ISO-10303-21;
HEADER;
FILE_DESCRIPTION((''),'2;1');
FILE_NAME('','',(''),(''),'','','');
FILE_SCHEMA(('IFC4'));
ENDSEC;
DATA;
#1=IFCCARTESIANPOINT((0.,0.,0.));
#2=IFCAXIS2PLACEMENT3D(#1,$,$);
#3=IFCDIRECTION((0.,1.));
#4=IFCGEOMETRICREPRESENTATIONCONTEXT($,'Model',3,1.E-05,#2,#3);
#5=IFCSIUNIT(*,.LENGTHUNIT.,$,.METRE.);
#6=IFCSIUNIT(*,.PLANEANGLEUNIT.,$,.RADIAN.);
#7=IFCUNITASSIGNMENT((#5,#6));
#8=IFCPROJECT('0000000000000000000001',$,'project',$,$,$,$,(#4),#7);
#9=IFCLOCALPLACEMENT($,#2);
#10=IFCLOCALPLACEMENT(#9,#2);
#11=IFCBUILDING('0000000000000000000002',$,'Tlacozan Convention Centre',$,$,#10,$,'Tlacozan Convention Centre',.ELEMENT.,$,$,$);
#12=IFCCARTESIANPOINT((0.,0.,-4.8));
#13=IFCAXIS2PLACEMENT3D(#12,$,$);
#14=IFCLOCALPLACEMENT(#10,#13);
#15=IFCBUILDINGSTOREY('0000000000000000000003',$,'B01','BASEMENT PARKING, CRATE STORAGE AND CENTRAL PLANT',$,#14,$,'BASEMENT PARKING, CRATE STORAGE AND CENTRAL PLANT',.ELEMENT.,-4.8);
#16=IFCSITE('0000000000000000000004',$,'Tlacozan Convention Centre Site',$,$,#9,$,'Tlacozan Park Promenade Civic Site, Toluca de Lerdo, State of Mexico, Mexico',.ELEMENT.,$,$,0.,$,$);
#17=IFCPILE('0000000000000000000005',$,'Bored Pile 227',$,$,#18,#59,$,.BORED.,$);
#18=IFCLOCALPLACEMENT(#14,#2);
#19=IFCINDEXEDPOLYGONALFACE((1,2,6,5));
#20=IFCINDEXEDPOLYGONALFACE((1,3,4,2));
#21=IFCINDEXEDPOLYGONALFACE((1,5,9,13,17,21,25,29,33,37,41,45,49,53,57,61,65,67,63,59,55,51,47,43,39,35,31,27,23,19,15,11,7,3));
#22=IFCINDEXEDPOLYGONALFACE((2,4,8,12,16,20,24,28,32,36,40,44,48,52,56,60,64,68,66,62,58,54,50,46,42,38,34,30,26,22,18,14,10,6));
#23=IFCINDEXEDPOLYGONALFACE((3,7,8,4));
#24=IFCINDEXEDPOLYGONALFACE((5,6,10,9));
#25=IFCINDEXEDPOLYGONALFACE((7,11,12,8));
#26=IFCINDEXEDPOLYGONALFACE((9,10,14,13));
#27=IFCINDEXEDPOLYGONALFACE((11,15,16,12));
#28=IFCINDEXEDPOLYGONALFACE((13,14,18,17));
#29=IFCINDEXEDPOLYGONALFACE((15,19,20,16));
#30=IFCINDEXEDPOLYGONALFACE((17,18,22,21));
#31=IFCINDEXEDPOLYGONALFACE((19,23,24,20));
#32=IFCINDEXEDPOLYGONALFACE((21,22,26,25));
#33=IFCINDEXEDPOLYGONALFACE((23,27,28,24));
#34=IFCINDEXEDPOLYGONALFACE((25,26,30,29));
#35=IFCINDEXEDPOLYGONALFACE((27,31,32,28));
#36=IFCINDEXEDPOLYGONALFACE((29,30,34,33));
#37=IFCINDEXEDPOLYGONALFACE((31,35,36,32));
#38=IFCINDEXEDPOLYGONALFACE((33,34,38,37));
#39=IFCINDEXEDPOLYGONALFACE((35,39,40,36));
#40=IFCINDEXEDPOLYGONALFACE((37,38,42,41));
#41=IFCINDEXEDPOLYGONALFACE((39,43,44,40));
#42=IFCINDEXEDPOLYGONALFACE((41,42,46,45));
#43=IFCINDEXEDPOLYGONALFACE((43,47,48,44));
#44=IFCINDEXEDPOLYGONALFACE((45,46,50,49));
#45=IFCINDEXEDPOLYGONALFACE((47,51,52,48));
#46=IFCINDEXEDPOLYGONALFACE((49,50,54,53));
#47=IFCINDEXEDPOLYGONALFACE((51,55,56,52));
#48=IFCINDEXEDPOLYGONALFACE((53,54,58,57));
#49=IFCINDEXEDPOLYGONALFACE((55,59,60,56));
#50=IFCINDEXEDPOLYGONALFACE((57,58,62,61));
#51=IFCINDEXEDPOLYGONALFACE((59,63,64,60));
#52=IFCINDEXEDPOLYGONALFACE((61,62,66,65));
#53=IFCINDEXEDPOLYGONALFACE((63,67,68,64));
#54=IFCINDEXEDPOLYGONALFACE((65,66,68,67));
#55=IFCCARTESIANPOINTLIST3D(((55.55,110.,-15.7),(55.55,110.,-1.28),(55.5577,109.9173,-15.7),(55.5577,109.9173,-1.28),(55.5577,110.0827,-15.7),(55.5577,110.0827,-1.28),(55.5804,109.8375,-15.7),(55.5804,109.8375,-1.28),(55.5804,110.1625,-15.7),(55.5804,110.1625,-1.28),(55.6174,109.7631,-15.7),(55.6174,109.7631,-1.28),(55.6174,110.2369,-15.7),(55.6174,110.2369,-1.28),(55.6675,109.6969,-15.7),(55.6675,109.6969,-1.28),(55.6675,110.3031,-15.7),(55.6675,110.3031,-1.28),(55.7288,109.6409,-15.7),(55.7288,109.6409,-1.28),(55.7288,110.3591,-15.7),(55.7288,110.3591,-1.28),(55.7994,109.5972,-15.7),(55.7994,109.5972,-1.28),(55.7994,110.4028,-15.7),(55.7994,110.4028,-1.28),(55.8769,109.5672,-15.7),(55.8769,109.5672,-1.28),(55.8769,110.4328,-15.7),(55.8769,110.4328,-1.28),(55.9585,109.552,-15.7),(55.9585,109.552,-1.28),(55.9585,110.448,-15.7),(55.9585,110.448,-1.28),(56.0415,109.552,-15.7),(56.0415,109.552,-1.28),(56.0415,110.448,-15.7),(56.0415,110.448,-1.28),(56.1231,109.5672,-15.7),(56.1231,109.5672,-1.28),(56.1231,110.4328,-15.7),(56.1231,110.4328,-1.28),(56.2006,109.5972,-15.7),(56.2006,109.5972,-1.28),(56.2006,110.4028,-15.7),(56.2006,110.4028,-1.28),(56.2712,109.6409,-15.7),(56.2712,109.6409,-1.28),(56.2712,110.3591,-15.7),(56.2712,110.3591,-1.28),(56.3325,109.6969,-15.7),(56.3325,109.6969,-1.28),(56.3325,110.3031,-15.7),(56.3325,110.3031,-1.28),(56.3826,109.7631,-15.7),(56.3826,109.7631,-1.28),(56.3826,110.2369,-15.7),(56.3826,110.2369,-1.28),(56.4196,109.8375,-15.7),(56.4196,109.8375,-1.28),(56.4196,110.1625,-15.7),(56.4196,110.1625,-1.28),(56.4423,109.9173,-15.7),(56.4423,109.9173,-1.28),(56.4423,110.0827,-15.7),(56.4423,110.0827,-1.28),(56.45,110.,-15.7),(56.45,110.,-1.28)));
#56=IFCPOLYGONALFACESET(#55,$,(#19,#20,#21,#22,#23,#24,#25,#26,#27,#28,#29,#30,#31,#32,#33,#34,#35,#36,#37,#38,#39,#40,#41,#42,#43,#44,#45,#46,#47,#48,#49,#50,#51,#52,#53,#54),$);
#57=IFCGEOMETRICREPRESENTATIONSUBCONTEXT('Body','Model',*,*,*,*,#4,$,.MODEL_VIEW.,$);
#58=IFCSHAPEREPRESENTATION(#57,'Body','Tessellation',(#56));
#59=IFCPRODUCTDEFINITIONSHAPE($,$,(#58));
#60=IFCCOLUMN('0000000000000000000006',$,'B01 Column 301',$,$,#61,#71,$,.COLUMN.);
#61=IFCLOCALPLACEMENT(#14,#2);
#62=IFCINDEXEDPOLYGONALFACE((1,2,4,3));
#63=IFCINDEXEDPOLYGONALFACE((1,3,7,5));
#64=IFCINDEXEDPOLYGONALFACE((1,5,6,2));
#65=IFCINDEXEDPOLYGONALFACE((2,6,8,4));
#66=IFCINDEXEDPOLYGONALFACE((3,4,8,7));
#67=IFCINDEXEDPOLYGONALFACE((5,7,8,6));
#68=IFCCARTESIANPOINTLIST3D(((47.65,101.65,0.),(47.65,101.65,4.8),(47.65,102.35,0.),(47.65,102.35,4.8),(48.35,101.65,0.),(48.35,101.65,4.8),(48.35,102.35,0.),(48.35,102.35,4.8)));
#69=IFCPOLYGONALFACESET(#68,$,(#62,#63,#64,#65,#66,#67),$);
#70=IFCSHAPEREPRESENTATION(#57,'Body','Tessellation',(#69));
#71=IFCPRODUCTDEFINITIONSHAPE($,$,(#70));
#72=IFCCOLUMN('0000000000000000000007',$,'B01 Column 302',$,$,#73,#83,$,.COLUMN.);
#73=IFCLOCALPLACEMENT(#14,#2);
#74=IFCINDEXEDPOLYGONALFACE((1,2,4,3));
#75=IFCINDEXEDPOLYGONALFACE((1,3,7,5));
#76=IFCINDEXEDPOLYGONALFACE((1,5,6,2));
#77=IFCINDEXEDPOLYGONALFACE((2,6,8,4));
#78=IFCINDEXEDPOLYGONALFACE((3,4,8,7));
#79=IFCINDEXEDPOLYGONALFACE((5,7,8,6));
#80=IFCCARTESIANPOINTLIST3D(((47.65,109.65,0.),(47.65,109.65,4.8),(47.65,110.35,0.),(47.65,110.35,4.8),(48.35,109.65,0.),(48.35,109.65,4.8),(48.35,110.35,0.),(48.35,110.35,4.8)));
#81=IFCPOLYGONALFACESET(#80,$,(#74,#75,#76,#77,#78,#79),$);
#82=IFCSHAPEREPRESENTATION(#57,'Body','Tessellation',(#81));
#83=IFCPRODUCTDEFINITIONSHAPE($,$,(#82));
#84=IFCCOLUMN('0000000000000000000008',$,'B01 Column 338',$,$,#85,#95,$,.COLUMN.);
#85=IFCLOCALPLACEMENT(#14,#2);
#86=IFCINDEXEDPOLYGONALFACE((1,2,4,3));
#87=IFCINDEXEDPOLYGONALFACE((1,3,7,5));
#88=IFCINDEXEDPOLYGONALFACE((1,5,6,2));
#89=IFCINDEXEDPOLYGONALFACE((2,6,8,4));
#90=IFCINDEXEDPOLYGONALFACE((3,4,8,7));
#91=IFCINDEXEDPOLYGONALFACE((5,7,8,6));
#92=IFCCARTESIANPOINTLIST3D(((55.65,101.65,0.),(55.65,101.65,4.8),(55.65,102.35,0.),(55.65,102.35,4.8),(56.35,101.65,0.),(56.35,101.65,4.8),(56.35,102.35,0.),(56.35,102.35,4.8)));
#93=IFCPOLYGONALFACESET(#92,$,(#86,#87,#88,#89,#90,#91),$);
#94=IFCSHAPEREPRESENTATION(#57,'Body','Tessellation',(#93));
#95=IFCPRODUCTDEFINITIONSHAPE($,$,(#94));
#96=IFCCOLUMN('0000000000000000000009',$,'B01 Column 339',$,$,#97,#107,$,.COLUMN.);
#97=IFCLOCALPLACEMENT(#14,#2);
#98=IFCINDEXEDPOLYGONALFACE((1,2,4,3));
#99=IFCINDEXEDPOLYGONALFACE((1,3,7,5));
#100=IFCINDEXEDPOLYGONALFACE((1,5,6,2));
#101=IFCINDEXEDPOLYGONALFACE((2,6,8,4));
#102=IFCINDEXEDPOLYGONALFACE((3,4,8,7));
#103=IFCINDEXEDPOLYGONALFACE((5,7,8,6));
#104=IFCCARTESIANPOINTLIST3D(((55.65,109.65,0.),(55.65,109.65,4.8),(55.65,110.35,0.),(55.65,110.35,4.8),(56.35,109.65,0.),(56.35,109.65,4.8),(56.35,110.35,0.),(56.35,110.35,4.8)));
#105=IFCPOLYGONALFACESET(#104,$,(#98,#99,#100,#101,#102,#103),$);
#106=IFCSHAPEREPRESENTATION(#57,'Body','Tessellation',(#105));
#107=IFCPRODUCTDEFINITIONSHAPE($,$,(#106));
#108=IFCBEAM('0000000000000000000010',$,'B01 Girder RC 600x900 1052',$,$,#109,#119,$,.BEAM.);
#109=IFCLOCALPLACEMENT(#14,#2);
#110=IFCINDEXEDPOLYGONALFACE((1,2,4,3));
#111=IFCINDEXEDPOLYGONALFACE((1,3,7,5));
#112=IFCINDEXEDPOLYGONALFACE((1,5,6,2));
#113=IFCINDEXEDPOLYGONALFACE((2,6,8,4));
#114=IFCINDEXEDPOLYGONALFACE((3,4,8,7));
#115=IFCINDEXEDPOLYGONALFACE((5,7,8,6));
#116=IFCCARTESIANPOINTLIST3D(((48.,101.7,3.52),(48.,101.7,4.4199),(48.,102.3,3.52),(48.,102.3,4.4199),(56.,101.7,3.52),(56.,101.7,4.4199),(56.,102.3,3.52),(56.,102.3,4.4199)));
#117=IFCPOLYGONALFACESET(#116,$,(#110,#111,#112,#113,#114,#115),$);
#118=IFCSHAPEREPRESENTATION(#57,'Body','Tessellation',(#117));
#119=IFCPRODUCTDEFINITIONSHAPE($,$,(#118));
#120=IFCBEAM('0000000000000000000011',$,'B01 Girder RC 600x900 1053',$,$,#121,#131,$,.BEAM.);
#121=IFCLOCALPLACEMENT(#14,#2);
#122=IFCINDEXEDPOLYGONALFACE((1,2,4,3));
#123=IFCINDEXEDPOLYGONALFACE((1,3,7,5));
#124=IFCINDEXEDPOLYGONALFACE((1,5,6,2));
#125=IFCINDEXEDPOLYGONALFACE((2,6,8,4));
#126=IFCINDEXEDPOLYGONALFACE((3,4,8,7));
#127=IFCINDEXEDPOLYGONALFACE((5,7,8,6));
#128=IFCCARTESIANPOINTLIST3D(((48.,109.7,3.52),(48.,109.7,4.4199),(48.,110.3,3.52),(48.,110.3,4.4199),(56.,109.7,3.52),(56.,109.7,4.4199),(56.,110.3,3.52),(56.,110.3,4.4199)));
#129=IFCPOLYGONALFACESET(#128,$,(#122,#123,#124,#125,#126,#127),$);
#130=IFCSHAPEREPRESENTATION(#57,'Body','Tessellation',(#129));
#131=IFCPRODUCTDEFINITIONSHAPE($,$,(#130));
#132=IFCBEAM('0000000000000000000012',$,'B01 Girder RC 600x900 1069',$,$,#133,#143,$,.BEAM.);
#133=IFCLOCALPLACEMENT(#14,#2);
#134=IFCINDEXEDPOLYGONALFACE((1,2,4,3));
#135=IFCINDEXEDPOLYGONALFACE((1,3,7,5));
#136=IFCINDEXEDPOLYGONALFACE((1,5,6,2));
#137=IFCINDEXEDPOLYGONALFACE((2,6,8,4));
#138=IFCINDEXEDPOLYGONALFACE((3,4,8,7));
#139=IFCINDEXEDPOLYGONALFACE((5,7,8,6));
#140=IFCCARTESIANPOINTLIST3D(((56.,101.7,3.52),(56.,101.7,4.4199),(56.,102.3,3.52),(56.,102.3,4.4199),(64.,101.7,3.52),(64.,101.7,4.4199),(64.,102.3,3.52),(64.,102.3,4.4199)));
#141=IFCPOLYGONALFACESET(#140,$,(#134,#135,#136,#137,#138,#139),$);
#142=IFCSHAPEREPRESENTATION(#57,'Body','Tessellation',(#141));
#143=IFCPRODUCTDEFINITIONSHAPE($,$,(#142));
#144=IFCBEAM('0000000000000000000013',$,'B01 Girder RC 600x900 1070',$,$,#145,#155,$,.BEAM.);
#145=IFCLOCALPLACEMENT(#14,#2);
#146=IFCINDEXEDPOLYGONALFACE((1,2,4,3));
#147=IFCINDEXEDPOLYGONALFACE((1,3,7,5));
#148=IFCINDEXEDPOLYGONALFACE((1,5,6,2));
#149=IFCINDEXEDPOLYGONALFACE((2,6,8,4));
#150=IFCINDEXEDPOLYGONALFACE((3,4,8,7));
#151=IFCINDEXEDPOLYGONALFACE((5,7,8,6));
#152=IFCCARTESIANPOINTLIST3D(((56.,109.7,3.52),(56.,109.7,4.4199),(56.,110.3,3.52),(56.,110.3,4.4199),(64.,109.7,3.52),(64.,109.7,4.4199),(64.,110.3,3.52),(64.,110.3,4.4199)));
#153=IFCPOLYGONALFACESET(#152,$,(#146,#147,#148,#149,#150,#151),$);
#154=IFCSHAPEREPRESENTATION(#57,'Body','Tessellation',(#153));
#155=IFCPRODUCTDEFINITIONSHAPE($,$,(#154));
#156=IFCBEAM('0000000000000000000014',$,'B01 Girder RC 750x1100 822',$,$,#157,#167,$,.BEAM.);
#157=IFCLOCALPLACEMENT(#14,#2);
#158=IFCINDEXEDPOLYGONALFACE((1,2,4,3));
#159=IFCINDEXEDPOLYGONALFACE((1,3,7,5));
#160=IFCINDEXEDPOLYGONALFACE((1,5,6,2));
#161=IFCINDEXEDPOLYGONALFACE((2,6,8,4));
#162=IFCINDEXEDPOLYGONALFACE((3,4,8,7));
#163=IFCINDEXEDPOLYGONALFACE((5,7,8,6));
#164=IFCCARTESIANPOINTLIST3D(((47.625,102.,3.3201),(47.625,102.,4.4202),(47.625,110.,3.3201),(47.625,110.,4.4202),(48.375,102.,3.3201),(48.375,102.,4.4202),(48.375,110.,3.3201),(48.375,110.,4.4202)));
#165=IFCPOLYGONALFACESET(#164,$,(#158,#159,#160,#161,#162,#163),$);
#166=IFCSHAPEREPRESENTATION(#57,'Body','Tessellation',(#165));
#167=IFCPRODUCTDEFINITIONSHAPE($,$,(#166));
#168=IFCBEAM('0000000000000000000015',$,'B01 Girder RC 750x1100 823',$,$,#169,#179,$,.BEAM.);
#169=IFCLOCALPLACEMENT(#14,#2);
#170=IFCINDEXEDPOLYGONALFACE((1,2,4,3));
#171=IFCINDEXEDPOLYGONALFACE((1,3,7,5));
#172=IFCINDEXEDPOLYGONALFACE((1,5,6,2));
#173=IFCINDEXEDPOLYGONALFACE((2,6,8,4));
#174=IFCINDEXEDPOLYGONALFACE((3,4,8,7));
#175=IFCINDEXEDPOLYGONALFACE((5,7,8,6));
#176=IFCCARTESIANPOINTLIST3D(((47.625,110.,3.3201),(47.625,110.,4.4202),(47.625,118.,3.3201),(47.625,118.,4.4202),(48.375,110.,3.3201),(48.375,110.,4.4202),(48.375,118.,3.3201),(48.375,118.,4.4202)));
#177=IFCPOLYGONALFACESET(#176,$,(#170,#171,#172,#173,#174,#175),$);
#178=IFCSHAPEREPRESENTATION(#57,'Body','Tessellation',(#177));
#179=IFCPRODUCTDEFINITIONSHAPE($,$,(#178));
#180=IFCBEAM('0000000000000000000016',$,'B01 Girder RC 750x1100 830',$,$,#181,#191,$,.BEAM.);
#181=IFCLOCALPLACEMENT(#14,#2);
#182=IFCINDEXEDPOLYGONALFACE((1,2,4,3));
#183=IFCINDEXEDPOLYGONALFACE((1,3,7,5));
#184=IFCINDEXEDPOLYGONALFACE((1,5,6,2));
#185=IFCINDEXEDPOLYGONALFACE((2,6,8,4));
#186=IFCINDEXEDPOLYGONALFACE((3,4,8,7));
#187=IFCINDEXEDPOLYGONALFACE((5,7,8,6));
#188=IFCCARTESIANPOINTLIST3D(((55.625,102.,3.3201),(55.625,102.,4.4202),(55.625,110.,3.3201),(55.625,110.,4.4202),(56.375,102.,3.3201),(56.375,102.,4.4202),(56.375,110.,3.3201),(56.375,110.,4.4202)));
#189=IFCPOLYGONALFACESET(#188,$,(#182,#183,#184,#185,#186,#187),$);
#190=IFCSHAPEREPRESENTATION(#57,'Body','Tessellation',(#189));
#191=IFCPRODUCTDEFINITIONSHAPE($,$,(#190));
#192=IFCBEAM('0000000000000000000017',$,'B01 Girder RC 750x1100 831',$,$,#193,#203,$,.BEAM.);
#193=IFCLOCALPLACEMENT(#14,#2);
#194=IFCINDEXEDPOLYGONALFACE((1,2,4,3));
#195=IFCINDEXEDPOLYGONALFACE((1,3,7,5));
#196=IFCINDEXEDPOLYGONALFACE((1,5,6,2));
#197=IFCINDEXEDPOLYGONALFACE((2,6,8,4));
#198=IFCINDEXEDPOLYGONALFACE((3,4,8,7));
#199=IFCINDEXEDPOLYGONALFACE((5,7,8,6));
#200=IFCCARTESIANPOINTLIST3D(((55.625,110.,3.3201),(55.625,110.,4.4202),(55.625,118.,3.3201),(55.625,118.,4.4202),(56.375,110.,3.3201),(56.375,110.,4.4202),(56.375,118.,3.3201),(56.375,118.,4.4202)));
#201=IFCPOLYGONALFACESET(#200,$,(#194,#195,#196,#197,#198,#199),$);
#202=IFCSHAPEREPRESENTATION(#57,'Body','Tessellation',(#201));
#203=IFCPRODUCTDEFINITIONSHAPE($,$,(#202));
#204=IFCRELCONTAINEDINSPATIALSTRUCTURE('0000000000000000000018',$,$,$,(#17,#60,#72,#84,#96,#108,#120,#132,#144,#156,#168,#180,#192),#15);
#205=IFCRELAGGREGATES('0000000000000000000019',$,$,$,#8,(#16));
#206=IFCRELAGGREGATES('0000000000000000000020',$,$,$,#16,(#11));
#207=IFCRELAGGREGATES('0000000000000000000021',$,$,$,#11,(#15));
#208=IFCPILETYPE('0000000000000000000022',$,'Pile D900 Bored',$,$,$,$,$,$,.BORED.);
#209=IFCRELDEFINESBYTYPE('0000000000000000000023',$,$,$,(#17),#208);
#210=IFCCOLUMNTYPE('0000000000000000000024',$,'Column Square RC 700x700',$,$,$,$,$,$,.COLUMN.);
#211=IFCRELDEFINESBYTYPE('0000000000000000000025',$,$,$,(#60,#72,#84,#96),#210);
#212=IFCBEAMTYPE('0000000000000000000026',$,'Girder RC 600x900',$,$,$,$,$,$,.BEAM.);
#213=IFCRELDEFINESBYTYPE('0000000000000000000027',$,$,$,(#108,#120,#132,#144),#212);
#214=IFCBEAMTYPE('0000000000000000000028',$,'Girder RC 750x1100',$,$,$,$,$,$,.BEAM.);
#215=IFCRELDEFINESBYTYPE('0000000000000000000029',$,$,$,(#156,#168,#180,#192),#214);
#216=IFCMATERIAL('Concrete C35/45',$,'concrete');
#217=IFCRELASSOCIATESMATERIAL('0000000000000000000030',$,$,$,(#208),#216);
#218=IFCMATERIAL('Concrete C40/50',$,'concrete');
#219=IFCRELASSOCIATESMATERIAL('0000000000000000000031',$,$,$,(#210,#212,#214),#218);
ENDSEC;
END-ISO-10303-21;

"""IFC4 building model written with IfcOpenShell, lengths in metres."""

from ifc_helpers import new_model, si_unit, direction, frame, origin, origin_2d, place, context, subcontext, project, spatial, rectangle, circle, extrude, material, material_profile, profile_set, type_object, element, save


model = new_model("IFC4")

# Units and contexts
model_context = context("Model", 3, precision=1e-05, world=origin(), true_north=direction((0.0, 1.0)))
body_context = subcontext(model_context, "Body", "Model", "MODEL_VIEW")
ifc_project = project(units=[si_unit("LENGTHUNIT", "METRE"), si_unit("PLANEANGLEUNIT", "RADIAN")], contexts=[model_context])

# Site, building, storey
site_placement = place(None, origin())
site = spatial("IfcSite", under=ifc_project, at=site_placement, Name="Tlacozan Convention Centre Site", LongName="Tlacozan Park Promenade Civic Site, Toluca de Lerdo, State of Mexico, Mexico", CompositionType="ELEMENT", RefElevation=0.0)
building_placement = place(site_placement, origin())
building = spatial("IfcBuilding", under=site, at=building_placement, Name="Tlacozan Convention Centre", LongName="Tlacozan Convention Centre", CompositionType="ELEMENT")
storey_placement = place(building_placement, frame((0.0, 0.0, -4.8)))
storey = spatial("IfcBuildingStorey", under=building, at=storey_placement, Name="B01", Description="BASEMENT PARKING, CRATE STORAGE AND CENTRAL PLANT", LongName="BASEMENT PARKING, CRATE STORAGE AND CENTRAL PLANT", CompositionType="ELEMENT", Elevation=-4.8)

# Shared definitions
ifc_material_1 = material(Name="Concrete C35/45", Category="concrete")

# Pile
ifc_material_profile_1 = material_profile(ifc_material_1, circle(Radius=0.45, at=origin_2d()), Name="PILE D900")
ifc_profile_set_1 = profile_set([ifc_material_profile_1], Name="Concrete C35/45")
pile_type_1 = type_object("IfcPileType", Name="Pile D900 Bored", PredefinedType="BORED", material=ifc_profile_set_1)
for number, where, z_axis, x_axis, name in (
    (1, (56.0, 110.0, -1.28), (0.0, 0.0, -1.0), (1.0, 0.0, 0.0), "Bored Pile 227"),
):
    element("IfcPile", number, at=place(storey_placement, frame(where, z_axis=z_axis, x_axis=x_axis)), inside=storey, type_object=pile_type_1, Name=name, PredefinedType="BORED", context=body_context, shape_type="SweptSolid", body=[
        extrude(circle(Radius=0.45, at=origin_2d()), origin(), (0.0, 0.0, 1.0), 14.4199),
    ])

# Columns
ifc_material_2 = material(Name="Concrete C40/50", Category="concrete")
ifc_material_profile_2 = material_profile(ifc_material_2, rectangle(XDim=0.7, YDim=0.7, at=origin_2d()), Name="RC 700x700")
ifc_profile_set_2 = profile_set([ifc_material_profile_2], Name="Concrete C40/50")
column_type = type_object("IfcColumnType", Name="Column Square RC 700x700", PredefinedType="COLUMN", material=ifc_profile_set_2)
for number, where, z_axis, x_axis, name in (
    (2, (48.0, 102.0, 0.0), (0.0, 0.0, 1.0), (1.0, 0.0, 0.0), "B01 Column 301"),
    (3, (48.0, 110.0, 0.0), (0.0, 0.0, 1.0), (1.0, 0.0, 0.0), "B01 Column 302"),
    (4, (56.0, 102.0, 0.0), (0.0, 0.0, 1.0), (1.0, 0.0, 0.0), "B01 Column 338"),
    (5, (56.0, 110.0, 0.0), (0.0, 0.0, 1.0), (1.0, 0.0, 0.0), "B01 Column 339"),
):
    element("IfcColumn", number, at=place(storey_placement, frame(where, z_axis=z_axis, x_axis=x_axis)), inside=storey, type_object=column_type, Name=name, PredefinedType="COLUMN", context=body_context, shape_type="SweptSolid", body=[
        extrude(rectangle(XDim=0.7, YDim=0.7, at=origin_2d()), origin(), (0.0, 0.0, 1.0), 4.8),
    ])

# Beams
ifc_material_profile_3 = material_profile(ifc_material_2, rectangle(XDim=0.6001, YDim=0.8999, at=origin_2d()), Name="RC 600x900")
ifc_profile_set_3 = profile_set([ifc_material_profile_3], Name="Concrete C40/50")
beam_type_1 = type_object("IfcBeamType", Name="Girder RC 600x900", PredefinedType="BEAM", material=ifc_profile_set_3)
for number, where, z_axis, x_axis, name in (
    (6, (48.0, 102.0, 3.97), (1.0, 0.0, 0.0), (0.0, 1.0, 0.0), "B01 Girder RC 600x900 1052"),
    (7, (48.0, 110.0, 3.97), (1.0, 0.0, 0.0), (0.0, 1.0, 0.0), "B01 Girder RC 600x900 1053"),
    (8, (56.0, 102.0, 3.97), (1.0, 0.0, 0.0), (0.0, 1.0, 0.0), "B01 Girder RC 600x900 1069"),
    (9, (56.0, 110.0, 3.97), (1.0, 0.0, 0.0), (0.0, 1.0, 0.0), "B01 Girder RC 600x900 1070"),
):
    element("IfcBeam", number, at=place(storey_placement, frame(where, z_axis=z_axis, x_axis=x_axis)), inside=storey, type_object=beam_type_1, Name=name, PredefinedType="BEAM", context=body_context, shape_type="SweptSolid", body=[
        extrude(rectangle(XDim=0.6001, YDim=0.8999, at=origin_2d()), origin(), (0.0, 0.0, 1.0), 8.0),
    ])
ifc_material_profile_4 = material_profile(ifc_material_2, rectangle(XDim=0.75, YDim=1.1001, at=origin_2d()), Name="RC 750x1100")
ifc_profile_set_4 = profile_set([ifc_material_profile_4], Name="Concrete C40/50")
beam_type_2 = type_object("IfcBeamType", Name="Girder RC 750x1100", PredefinedType="BEAM", material=ifc_profile_set_4)
for number, where, z_axis, x_axis, name in (
    (10, (48.0, 102.0, 3.8701), (0.0, 1.0, 0.0), (-1.0, 0.0, 0.0), "B01 Girder RC 750x1100 822"),
    (11, (48.0, 110.0, 3.8701), (0.0, 1.0, 0.0), (-1.0, 0.0, 0.0), "B01 Girder RC 750x1100 823"),
    (12, (56.0, 102.0, 3.8701), (0.0, 1.0, 0.0), (-1.0, 0.0, 0.0), "B01 Girder RC 750x1100 830"),
    (13, (56.0, 110.0, 3.8701), (0.0, 1.0, 0.0), (-1.0, 0.0, 0.0), "B01 Girder RC 750x1100 831"),
):
    element("IfcBeam", number, at=place(storey_placement, frame(where, z_axis=z_axis, x_axis=x_axis)), inside=storey, type_object=beam_type_2, Name=name, PredefinedType="BEAM", context=body_context, shape_type="SweptSolid", body=[
        extrude(rectangle(XDim=0.75, YDim=1.1001, at=origin_2d()), origin(), (0.0, 0.0, 1.0), 8.0),
    ])

save(model, "model.ifc")
